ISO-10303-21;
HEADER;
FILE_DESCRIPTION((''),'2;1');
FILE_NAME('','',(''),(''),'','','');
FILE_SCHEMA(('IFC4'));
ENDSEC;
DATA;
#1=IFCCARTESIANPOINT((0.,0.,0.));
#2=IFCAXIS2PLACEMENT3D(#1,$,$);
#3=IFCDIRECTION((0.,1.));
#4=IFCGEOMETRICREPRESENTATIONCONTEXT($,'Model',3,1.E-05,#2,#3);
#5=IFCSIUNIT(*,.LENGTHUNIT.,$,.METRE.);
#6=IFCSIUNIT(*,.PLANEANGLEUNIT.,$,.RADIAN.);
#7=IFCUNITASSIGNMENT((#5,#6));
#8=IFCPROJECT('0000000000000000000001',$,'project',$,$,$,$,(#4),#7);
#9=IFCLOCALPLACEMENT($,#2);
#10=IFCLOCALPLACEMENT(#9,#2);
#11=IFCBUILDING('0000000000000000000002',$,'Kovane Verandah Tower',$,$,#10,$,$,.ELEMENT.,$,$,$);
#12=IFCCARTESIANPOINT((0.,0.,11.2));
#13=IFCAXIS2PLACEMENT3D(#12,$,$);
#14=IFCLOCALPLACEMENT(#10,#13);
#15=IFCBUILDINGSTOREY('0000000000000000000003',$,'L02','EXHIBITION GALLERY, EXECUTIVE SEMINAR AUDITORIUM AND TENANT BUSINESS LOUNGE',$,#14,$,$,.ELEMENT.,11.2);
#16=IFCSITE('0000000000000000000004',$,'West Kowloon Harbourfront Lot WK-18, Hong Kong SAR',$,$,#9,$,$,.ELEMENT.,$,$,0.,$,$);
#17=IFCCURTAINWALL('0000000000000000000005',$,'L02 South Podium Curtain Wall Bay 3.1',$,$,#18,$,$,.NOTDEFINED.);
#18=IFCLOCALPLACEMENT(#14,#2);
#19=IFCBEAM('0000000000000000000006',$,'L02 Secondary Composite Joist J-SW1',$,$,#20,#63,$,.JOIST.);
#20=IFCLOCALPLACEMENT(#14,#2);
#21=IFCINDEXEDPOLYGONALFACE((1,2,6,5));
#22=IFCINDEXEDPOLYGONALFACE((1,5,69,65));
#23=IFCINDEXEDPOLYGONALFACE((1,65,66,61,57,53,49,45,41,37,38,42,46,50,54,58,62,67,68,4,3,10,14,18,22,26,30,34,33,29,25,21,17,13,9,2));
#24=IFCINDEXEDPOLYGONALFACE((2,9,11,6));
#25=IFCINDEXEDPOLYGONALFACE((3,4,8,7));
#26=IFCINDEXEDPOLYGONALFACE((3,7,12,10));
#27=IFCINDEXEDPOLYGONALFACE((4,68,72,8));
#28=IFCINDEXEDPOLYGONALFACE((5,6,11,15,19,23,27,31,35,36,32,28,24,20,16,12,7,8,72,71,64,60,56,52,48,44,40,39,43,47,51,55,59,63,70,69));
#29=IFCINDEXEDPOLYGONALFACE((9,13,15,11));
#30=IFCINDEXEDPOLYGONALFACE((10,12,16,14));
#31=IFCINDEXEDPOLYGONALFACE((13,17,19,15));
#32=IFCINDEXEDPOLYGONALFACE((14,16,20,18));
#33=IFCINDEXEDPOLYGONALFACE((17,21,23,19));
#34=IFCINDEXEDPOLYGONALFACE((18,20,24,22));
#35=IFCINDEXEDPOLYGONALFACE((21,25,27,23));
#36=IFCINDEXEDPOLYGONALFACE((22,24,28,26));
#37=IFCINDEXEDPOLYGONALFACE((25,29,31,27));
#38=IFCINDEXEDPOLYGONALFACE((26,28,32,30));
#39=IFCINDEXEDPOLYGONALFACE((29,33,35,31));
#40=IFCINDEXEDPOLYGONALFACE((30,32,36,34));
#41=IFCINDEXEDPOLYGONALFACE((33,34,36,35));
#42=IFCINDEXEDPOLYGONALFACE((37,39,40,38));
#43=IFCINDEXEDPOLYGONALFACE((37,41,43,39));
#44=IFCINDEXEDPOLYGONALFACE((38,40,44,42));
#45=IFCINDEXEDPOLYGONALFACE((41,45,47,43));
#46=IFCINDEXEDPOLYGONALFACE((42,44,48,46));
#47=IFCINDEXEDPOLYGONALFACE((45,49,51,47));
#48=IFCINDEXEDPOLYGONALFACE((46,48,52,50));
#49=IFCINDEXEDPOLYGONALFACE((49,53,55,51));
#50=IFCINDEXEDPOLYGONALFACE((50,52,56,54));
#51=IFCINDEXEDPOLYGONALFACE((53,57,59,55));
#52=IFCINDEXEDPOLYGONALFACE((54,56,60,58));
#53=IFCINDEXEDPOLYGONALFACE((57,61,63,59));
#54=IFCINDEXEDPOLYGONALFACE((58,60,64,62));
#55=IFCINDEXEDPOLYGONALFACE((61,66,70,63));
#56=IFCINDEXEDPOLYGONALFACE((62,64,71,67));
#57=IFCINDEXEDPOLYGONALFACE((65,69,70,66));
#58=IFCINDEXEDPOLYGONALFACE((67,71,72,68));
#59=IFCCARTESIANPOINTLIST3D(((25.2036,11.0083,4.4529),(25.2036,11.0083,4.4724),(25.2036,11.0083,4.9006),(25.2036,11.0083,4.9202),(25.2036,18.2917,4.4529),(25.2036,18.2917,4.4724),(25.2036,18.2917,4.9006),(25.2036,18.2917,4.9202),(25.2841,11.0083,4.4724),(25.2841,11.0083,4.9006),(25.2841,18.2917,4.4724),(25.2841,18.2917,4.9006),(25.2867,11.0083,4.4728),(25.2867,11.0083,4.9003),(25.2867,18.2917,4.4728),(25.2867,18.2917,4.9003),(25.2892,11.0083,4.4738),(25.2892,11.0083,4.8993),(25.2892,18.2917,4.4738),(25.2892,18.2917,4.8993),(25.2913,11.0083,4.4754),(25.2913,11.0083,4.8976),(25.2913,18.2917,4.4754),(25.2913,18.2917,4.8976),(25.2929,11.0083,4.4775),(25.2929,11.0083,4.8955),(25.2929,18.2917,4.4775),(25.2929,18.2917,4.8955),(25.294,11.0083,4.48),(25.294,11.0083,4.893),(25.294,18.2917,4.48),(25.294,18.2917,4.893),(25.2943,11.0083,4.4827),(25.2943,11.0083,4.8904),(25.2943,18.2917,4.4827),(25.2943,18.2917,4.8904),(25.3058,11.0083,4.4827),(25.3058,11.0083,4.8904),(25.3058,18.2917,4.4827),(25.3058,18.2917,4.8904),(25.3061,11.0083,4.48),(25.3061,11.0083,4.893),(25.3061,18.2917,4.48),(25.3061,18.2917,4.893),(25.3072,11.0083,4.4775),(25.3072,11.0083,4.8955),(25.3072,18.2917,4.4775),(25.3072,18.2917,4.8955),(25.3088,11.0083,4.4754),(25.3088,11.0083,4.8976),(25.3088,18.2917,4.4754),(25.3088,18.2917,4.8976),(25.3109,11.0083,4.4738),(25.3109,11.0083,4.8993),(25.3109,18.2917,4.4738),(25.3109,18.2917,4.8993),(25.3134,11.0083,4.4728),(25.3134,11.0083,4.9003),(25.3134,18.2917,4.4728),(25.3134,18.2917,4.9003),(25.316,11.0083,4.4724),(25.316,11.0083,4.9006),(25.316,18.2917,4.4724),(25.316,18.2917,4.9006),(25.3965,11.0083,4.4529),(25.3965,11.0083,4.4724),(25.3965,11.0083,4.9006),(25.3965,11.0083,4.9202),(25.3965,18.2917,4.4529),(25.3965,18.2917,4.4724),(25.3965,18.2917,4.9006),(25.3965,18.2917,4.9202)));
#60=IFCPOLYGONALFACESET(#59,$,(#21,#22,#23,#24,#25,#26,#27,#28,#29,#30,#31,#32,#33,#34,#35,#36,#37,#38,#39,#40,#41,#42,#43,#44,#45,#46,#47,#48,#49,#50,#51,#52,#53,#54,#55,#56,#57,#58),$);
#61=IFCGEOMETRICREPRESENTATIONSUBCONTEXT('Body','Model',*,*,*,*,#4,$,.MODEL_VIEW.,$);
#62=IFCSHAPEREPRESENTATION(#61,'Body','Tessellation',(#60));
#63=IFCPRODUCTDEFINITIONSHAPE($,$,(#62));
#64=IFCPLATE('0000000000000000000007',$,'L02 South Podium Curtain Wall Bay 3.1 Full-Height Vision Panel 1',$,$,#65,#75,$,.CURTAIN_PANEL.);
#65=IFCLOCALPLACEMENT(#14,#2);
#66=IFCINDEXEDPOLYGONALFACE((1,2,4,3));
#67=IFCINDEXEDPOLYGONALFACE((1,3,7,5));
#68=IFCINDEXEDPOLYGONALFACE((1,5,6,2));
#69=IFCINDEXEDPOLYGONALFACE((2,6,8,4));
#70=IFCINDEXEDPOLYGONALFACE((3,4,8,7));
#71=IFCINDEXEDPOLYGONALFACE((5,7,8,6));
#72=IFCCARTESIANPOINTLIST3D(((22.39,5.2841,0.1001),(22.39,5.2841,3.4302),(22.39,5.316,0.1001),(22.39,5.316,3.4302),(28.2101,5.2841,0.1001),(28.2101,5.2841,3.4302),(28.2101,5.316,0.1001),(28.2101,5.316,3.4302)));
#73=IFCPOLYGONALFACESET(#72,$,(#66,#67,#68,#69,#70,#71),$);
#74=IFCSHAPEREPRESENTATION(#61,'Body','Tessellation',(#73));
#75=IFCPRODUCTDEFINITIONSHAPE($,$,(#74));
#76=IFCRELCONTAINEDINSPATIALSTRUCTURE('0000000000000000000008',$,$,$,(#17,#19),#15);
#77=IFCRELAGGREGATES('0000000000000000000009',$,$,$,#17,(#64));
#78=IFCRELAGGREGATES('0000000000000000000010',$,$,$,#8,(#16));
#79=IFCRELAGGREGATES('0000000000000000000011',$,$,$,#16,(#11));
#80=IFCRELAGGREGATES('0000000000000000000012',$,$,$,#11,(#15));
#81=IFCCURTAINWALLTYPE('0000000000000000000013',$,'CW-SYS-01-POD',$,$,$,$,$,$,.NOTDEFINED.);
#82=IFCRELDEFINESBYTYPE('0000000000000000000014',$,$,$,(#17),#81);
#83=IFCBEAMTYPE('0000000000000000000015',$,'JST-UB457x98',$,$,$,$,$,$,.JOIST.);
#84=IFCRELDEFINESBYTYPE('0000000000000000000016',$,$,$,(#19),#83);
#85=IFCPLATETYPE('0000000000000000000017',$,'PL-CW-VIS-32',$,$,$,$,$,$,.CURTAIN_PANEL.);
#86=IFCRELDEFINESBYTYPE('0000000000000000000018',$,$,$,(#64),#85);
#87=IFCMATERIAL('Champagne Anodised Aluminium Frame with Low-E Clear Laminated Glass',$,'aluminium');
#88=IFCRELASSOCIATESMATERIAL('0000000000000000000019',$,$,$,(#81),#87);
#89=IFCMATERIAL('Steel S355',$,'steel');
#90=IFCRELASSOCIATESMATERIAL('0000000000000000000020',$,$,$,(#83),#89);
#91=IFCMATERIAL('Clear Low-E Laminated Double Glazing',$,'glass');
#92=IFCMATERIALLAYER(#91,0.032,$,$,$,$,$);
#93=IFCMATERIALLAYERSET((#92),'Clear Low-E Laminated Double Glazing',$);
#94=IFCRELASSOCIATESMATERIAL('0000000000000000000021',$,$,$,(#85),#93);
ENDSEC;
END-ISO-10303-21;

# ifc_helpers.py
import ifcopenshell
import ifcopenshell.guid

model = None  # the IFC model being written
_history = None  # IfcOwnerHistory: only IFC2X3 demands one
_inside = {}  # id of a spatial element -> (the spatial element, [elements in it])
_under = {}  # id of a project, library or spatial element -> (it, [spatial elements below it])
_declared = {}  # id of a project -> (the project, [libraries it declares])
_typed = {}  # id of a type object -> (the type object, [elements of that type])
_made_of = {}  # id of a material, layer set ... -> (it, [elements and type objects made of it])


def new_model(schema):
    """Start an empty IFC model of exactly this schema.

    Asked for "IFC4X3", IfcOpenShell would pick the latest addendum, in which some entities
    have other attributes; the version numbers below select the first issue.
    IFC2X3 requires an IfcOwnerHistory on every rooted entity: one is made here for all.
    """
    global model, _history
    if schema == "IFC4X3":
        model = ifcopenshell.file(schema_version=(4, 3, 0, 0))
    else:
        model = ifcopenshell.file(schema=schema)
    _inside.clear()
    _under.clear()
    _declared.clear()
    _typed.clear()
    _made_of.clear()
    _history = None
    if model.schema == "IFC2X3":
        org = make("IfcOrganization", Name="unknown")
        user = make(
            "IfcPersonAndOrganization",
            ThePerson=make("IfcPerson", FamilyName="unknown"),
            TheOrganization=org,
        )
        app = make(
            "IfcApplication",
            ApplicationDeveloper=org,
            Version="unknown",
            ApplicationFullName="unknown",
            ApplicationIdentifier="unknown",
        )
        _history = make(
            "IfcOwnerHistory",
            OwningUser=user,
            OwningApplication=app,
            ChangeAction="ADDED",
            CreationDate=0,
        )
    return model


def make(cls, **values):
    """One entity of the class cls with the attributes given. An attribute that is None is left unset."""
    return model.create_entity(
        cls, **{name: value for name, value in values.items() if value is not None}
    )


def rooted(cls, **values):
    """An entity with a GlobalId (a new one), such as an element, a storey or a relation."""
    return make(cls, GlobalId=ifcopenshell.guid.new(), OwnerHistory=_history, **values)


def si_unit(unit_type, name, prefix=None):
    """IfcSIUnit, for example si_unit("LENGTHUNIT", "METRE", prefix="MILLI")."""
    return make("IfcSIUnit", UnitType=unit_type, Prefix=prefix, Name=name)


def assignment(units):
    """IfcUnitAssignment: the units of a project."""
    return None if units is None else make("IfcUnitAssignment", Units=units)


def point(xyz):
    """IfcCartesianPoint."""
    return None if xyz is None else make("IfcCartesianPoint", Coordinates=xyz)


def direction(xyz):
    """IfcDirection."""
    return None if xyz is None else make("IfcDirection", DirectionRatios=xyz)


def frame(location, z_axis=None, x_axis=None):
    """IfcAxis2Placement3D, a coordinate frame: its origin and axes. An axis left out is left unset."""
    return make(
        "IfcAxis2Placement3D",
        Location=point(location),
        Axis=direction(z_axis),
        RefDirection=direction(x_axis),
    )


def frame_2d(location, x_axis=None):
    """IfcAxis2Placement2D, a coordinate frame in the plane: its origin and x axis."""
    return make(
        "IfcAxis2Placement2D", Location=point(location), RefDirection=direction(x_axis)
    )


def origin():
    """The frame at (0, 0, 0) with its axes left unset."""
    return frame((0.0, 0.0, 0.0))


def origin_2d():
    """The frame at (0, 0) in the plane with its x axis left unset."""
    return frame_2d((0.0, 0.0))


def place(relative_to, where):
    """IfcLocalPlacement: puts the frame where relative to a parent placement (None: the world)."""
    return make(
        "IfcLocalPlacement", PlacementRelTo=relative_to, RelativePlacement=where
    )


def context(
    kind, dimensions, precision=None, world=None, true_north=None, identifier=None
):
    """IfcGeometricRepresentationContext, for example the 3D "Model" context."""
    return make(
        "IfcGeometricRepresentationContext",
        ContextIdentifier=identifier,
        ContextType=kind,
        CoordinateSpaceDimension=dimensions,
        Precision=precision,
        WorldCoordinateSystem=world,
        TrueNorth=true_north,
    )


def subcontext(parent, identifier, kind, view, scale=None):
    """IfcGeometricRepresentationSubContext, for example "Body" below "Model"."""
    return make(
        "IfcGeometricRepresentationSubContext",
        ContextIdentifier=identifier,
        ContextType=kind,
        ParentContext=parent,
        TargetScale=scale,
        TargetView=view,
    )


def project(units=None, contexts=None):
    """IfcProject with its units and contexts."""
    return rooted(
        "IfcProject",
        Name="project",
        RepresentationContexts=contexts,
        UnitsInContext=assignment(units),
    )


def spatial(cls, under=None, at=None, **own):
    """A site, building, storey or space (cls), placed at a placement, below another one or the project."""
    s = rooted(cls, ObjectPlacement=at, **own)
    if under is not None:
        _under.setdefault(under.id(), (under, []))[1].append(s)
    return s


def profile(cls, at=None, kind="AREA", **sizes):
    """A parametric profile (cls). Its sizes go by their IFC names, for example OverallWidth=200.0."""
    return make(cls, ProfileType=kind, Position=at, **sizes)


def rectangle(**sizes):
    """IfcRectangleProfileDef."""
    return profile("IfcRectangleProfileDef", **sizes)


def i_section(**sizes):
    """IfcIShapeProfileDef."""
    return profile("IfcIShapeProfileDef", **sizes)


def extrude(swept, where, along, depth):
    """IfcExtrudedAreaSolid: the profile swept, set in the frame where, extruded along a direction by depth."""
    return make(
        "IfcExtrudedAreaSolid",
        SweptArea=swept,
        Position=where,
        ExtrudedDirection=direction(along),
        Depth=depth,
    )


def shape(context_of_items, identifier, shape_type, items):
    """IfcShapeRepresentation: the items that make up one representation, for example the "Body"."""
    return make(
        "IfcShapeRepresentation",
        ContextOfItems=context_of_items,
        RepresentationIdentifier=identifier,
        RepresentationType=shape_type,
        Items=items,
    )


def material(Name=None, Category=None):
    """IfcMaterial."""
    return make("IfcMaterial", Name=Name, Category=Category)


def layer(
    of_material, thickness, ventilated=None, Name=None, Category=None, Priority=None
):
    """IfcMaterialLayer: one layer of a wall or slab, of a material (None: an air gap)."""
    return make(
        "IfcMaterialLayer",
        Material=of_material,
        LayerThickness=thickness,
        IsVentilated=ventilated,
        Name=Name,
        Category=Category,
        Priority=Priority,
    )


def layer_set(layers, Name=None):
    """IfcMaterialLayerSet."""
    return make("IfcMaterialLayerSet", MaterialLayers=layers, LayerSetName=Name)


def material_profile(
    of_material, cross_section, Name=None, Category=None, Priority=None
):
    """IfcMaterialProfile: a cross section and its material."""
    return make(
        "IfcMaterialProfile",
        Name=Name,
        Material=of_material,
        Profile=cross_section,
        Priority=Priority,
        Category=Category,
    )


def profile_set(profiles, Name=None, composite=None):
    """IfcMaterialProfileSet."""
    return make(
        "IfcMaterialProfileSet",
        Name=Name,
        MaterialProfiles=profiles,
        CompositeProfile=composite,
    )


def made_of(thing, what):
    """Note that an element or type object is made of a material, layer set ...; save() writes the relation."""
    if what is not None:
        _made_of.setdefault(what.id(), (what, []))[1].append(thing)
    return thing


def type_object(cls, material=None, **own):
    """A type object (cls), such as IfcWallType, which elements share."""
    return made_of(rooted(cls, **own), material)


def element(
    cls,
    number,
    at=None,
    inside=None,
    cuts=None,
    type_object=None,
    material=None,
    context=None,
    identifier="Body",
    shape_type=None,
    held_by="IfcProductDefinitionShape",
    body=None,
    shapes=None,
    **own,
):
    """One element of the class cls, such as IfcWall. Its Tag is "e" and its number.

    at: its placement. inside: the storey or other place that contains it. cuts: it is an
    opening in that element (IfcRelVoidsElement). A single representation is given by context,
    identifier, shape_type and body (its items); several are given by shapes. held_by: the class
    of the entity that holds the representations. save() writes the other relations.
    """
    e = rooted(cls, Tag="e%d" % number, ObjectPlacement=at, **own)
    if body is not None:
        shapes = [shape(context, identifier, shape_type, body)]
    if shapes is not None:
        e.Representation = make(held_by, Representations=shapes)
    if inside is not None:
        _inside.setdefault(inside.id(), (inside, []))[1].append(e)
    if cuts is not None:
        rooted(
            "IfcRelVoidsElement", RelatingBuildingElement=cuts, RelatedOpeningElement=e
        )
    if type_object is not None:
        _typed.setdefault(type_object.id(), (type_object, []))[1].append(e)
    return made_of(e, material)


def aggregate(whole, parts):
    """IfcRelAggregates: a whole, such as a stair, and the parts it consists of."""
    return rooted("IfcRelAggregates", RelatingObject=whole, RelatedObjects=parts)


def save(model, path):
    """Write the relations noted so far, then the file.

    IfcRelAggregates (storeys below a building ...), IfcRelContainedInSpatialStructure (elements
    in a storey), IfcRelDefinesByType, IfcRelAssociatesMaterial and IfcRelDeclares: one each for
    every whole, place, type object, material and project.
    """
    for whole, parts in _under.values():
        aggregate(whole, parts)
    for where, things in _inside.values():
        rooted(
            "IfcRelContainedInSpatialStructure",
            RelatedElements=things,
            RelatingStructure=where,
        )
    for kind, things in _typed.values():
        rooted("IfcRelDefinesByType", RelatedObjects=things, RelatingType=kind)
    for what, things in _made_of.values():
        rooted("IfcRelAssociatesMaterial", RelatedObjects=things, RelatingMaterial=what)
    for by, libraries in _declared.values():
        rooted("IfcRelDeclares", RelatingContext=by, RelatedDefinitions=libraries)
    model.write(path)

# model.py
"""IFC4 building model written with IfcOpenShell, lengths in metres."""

from ifc_helpers import new_model, si_unit, direction, frame, origin, origin_2d, place, context, subcontext, project, spatial, rectangle, i_section, extrude, material, layer, layer_set, material_profile, profile_set, type_object, element, aggregate, save


model = new_model("IFC4")

# Units and contexts
model_context = context("Model", 3, precision=1e-05, world=origin(), true_north=direction((0.0, 1.0)))
body_context = subcontext(model_context, "Body", "Model", "MODEL_VIEW")
ifc_project = project(units=[si_unit("LENGTHUNIT", "METRE"), si_unit("PLANEANGLEUNIT", "RADIAN")], contexts=[model_context])

# Site, building, storey
site_placement = place(None, origin())
site = spatial("IfcSite", under=ifc_project, at=site_placement, Name="West Kowloon Harbourfront Lot WK-18, Hong Kong SAR", CompositionType="ELEMENT", RefElevation=0.0)
building_placement = place(site_placement, origin())
building = spatial("IfcBuilding", under=site, at=building_placement, Name="Kovane Verandah Tower", CompositionType="ELEMENT")
storey_placement = place(building_placement, frame((0.0, 0.0, 11.2)))
storey = spatial("IfcBuildingStorey", under=building, at=storey_placement, Name="L02", Description="EXHIBITION GALLERY, EXECUTIVE SEMINAR AUDITORIUM AND TENANT BUSINESS LOUNGE", CompositionType="ELEMENT", Elevation=11.2)

# Curtain wall
ifc_material_1 = material(Name="Champagne Anodised Aluminium Frame with Low-E Clear Laminated Glass", Category="aluminium")
curtain_wall_type = type_object("IfcCurtainWallType", Name="CW-SYS-01-POD", PredefinedType="NOTDEFINED", material=ifc_material_1)
curtain_wall_placement = place(storey_placement, origin())
curtain_wall = element("IfcCurtainWall", 1, at=curtain_wall_placement, inside=storey, type_object=curtain_wall_type, Name="L02 South Podium Curtain Wall Bay 3.1", PredefinedType="NOTDEFINED")

# Beam
ifc_material_2 = material(Name="Steel S355", Category="steel")
ifc_material_profile_1 = material_profile(ifc_material_2, i_section(OverallWidth=0.1929, OverallDepth=0.4673, WebThickness=0.0115, FlangeThickness=0.0195, FilletRadius=0.0103, at=origin_2d()), Name="UB457x191x98")
ifc_profile_set_1 = profile_set([ifc_material_profile_1], Name="Steel S355")
beam_type_1 = type_object("IfcBeamType", Name="JST-UB457x98", PredefinedType="JOIST", material=ifc_profile_set_1)
beam_1_placement = place(storey_placement, frame((25.3, 11.0083, 4.6865), z_axis=(0.0, 1.0, 0.0), x_axis=(-1.0, 0.0, 0.0)))
element("IfcBeam", 2, at=beam_1_placement, inside=storey, type_object=beam_type_1, Name="L02 Secondary Composite Joist J-SW1", PredefinedType="JOIST", context=body_context, shape_type="SweptSolid", body=[
    extrude(i_section(OverallWidth=0.1929, OverallDepth=0.4673, WebThickness=0.0115, FlangeThickness=0.0195, FilletRadius=0.0103, at=origin_2d()), origin(), (0.0, 0.0, 1.0), 7.2834),
])

# Plate
ifc_material_3 = material(Name="Clear Low-E Laminated Double Glazing", Category="glass")
ifc_layer_1 = layer(ifc_material_3, 0.032)
ifc_layer_set_1 = layer_set([ifc_layer_1], Name="Clear Low-E Laminated Double Glazing")
plate_type = type_object("IfcPlateType", Name="PL-CW-VIS-32", PredefinedType="CURTAIN_PANEL", material=ifc_layer_set_1)
plate_placement = place(storey_placement, frame((25.3, 5.3, 0.1001), z_axis=(0.0, 0.0, 1.0), x_axis=(1.0, 0.0, 0.0)))
plate = element("IfcPlate", 3, at=plate_placement, type_object=plate_type, Name="L02 South Podium Curtain Wall Bay 3.1 Full-Height Vision Panel 1", PredefinedType="CURTAIN_PANEL", context=body_context, shape_type="SweptSolid", body=[
    extrude(rectangle(XDim=5.8201, YDim=0.032, at=origin_2d()), origin(), (0.0, 0.0, 1.0), 3.3301),
])
aggregate(curtain_wall, [plate])

save(model, "model.ifc")
